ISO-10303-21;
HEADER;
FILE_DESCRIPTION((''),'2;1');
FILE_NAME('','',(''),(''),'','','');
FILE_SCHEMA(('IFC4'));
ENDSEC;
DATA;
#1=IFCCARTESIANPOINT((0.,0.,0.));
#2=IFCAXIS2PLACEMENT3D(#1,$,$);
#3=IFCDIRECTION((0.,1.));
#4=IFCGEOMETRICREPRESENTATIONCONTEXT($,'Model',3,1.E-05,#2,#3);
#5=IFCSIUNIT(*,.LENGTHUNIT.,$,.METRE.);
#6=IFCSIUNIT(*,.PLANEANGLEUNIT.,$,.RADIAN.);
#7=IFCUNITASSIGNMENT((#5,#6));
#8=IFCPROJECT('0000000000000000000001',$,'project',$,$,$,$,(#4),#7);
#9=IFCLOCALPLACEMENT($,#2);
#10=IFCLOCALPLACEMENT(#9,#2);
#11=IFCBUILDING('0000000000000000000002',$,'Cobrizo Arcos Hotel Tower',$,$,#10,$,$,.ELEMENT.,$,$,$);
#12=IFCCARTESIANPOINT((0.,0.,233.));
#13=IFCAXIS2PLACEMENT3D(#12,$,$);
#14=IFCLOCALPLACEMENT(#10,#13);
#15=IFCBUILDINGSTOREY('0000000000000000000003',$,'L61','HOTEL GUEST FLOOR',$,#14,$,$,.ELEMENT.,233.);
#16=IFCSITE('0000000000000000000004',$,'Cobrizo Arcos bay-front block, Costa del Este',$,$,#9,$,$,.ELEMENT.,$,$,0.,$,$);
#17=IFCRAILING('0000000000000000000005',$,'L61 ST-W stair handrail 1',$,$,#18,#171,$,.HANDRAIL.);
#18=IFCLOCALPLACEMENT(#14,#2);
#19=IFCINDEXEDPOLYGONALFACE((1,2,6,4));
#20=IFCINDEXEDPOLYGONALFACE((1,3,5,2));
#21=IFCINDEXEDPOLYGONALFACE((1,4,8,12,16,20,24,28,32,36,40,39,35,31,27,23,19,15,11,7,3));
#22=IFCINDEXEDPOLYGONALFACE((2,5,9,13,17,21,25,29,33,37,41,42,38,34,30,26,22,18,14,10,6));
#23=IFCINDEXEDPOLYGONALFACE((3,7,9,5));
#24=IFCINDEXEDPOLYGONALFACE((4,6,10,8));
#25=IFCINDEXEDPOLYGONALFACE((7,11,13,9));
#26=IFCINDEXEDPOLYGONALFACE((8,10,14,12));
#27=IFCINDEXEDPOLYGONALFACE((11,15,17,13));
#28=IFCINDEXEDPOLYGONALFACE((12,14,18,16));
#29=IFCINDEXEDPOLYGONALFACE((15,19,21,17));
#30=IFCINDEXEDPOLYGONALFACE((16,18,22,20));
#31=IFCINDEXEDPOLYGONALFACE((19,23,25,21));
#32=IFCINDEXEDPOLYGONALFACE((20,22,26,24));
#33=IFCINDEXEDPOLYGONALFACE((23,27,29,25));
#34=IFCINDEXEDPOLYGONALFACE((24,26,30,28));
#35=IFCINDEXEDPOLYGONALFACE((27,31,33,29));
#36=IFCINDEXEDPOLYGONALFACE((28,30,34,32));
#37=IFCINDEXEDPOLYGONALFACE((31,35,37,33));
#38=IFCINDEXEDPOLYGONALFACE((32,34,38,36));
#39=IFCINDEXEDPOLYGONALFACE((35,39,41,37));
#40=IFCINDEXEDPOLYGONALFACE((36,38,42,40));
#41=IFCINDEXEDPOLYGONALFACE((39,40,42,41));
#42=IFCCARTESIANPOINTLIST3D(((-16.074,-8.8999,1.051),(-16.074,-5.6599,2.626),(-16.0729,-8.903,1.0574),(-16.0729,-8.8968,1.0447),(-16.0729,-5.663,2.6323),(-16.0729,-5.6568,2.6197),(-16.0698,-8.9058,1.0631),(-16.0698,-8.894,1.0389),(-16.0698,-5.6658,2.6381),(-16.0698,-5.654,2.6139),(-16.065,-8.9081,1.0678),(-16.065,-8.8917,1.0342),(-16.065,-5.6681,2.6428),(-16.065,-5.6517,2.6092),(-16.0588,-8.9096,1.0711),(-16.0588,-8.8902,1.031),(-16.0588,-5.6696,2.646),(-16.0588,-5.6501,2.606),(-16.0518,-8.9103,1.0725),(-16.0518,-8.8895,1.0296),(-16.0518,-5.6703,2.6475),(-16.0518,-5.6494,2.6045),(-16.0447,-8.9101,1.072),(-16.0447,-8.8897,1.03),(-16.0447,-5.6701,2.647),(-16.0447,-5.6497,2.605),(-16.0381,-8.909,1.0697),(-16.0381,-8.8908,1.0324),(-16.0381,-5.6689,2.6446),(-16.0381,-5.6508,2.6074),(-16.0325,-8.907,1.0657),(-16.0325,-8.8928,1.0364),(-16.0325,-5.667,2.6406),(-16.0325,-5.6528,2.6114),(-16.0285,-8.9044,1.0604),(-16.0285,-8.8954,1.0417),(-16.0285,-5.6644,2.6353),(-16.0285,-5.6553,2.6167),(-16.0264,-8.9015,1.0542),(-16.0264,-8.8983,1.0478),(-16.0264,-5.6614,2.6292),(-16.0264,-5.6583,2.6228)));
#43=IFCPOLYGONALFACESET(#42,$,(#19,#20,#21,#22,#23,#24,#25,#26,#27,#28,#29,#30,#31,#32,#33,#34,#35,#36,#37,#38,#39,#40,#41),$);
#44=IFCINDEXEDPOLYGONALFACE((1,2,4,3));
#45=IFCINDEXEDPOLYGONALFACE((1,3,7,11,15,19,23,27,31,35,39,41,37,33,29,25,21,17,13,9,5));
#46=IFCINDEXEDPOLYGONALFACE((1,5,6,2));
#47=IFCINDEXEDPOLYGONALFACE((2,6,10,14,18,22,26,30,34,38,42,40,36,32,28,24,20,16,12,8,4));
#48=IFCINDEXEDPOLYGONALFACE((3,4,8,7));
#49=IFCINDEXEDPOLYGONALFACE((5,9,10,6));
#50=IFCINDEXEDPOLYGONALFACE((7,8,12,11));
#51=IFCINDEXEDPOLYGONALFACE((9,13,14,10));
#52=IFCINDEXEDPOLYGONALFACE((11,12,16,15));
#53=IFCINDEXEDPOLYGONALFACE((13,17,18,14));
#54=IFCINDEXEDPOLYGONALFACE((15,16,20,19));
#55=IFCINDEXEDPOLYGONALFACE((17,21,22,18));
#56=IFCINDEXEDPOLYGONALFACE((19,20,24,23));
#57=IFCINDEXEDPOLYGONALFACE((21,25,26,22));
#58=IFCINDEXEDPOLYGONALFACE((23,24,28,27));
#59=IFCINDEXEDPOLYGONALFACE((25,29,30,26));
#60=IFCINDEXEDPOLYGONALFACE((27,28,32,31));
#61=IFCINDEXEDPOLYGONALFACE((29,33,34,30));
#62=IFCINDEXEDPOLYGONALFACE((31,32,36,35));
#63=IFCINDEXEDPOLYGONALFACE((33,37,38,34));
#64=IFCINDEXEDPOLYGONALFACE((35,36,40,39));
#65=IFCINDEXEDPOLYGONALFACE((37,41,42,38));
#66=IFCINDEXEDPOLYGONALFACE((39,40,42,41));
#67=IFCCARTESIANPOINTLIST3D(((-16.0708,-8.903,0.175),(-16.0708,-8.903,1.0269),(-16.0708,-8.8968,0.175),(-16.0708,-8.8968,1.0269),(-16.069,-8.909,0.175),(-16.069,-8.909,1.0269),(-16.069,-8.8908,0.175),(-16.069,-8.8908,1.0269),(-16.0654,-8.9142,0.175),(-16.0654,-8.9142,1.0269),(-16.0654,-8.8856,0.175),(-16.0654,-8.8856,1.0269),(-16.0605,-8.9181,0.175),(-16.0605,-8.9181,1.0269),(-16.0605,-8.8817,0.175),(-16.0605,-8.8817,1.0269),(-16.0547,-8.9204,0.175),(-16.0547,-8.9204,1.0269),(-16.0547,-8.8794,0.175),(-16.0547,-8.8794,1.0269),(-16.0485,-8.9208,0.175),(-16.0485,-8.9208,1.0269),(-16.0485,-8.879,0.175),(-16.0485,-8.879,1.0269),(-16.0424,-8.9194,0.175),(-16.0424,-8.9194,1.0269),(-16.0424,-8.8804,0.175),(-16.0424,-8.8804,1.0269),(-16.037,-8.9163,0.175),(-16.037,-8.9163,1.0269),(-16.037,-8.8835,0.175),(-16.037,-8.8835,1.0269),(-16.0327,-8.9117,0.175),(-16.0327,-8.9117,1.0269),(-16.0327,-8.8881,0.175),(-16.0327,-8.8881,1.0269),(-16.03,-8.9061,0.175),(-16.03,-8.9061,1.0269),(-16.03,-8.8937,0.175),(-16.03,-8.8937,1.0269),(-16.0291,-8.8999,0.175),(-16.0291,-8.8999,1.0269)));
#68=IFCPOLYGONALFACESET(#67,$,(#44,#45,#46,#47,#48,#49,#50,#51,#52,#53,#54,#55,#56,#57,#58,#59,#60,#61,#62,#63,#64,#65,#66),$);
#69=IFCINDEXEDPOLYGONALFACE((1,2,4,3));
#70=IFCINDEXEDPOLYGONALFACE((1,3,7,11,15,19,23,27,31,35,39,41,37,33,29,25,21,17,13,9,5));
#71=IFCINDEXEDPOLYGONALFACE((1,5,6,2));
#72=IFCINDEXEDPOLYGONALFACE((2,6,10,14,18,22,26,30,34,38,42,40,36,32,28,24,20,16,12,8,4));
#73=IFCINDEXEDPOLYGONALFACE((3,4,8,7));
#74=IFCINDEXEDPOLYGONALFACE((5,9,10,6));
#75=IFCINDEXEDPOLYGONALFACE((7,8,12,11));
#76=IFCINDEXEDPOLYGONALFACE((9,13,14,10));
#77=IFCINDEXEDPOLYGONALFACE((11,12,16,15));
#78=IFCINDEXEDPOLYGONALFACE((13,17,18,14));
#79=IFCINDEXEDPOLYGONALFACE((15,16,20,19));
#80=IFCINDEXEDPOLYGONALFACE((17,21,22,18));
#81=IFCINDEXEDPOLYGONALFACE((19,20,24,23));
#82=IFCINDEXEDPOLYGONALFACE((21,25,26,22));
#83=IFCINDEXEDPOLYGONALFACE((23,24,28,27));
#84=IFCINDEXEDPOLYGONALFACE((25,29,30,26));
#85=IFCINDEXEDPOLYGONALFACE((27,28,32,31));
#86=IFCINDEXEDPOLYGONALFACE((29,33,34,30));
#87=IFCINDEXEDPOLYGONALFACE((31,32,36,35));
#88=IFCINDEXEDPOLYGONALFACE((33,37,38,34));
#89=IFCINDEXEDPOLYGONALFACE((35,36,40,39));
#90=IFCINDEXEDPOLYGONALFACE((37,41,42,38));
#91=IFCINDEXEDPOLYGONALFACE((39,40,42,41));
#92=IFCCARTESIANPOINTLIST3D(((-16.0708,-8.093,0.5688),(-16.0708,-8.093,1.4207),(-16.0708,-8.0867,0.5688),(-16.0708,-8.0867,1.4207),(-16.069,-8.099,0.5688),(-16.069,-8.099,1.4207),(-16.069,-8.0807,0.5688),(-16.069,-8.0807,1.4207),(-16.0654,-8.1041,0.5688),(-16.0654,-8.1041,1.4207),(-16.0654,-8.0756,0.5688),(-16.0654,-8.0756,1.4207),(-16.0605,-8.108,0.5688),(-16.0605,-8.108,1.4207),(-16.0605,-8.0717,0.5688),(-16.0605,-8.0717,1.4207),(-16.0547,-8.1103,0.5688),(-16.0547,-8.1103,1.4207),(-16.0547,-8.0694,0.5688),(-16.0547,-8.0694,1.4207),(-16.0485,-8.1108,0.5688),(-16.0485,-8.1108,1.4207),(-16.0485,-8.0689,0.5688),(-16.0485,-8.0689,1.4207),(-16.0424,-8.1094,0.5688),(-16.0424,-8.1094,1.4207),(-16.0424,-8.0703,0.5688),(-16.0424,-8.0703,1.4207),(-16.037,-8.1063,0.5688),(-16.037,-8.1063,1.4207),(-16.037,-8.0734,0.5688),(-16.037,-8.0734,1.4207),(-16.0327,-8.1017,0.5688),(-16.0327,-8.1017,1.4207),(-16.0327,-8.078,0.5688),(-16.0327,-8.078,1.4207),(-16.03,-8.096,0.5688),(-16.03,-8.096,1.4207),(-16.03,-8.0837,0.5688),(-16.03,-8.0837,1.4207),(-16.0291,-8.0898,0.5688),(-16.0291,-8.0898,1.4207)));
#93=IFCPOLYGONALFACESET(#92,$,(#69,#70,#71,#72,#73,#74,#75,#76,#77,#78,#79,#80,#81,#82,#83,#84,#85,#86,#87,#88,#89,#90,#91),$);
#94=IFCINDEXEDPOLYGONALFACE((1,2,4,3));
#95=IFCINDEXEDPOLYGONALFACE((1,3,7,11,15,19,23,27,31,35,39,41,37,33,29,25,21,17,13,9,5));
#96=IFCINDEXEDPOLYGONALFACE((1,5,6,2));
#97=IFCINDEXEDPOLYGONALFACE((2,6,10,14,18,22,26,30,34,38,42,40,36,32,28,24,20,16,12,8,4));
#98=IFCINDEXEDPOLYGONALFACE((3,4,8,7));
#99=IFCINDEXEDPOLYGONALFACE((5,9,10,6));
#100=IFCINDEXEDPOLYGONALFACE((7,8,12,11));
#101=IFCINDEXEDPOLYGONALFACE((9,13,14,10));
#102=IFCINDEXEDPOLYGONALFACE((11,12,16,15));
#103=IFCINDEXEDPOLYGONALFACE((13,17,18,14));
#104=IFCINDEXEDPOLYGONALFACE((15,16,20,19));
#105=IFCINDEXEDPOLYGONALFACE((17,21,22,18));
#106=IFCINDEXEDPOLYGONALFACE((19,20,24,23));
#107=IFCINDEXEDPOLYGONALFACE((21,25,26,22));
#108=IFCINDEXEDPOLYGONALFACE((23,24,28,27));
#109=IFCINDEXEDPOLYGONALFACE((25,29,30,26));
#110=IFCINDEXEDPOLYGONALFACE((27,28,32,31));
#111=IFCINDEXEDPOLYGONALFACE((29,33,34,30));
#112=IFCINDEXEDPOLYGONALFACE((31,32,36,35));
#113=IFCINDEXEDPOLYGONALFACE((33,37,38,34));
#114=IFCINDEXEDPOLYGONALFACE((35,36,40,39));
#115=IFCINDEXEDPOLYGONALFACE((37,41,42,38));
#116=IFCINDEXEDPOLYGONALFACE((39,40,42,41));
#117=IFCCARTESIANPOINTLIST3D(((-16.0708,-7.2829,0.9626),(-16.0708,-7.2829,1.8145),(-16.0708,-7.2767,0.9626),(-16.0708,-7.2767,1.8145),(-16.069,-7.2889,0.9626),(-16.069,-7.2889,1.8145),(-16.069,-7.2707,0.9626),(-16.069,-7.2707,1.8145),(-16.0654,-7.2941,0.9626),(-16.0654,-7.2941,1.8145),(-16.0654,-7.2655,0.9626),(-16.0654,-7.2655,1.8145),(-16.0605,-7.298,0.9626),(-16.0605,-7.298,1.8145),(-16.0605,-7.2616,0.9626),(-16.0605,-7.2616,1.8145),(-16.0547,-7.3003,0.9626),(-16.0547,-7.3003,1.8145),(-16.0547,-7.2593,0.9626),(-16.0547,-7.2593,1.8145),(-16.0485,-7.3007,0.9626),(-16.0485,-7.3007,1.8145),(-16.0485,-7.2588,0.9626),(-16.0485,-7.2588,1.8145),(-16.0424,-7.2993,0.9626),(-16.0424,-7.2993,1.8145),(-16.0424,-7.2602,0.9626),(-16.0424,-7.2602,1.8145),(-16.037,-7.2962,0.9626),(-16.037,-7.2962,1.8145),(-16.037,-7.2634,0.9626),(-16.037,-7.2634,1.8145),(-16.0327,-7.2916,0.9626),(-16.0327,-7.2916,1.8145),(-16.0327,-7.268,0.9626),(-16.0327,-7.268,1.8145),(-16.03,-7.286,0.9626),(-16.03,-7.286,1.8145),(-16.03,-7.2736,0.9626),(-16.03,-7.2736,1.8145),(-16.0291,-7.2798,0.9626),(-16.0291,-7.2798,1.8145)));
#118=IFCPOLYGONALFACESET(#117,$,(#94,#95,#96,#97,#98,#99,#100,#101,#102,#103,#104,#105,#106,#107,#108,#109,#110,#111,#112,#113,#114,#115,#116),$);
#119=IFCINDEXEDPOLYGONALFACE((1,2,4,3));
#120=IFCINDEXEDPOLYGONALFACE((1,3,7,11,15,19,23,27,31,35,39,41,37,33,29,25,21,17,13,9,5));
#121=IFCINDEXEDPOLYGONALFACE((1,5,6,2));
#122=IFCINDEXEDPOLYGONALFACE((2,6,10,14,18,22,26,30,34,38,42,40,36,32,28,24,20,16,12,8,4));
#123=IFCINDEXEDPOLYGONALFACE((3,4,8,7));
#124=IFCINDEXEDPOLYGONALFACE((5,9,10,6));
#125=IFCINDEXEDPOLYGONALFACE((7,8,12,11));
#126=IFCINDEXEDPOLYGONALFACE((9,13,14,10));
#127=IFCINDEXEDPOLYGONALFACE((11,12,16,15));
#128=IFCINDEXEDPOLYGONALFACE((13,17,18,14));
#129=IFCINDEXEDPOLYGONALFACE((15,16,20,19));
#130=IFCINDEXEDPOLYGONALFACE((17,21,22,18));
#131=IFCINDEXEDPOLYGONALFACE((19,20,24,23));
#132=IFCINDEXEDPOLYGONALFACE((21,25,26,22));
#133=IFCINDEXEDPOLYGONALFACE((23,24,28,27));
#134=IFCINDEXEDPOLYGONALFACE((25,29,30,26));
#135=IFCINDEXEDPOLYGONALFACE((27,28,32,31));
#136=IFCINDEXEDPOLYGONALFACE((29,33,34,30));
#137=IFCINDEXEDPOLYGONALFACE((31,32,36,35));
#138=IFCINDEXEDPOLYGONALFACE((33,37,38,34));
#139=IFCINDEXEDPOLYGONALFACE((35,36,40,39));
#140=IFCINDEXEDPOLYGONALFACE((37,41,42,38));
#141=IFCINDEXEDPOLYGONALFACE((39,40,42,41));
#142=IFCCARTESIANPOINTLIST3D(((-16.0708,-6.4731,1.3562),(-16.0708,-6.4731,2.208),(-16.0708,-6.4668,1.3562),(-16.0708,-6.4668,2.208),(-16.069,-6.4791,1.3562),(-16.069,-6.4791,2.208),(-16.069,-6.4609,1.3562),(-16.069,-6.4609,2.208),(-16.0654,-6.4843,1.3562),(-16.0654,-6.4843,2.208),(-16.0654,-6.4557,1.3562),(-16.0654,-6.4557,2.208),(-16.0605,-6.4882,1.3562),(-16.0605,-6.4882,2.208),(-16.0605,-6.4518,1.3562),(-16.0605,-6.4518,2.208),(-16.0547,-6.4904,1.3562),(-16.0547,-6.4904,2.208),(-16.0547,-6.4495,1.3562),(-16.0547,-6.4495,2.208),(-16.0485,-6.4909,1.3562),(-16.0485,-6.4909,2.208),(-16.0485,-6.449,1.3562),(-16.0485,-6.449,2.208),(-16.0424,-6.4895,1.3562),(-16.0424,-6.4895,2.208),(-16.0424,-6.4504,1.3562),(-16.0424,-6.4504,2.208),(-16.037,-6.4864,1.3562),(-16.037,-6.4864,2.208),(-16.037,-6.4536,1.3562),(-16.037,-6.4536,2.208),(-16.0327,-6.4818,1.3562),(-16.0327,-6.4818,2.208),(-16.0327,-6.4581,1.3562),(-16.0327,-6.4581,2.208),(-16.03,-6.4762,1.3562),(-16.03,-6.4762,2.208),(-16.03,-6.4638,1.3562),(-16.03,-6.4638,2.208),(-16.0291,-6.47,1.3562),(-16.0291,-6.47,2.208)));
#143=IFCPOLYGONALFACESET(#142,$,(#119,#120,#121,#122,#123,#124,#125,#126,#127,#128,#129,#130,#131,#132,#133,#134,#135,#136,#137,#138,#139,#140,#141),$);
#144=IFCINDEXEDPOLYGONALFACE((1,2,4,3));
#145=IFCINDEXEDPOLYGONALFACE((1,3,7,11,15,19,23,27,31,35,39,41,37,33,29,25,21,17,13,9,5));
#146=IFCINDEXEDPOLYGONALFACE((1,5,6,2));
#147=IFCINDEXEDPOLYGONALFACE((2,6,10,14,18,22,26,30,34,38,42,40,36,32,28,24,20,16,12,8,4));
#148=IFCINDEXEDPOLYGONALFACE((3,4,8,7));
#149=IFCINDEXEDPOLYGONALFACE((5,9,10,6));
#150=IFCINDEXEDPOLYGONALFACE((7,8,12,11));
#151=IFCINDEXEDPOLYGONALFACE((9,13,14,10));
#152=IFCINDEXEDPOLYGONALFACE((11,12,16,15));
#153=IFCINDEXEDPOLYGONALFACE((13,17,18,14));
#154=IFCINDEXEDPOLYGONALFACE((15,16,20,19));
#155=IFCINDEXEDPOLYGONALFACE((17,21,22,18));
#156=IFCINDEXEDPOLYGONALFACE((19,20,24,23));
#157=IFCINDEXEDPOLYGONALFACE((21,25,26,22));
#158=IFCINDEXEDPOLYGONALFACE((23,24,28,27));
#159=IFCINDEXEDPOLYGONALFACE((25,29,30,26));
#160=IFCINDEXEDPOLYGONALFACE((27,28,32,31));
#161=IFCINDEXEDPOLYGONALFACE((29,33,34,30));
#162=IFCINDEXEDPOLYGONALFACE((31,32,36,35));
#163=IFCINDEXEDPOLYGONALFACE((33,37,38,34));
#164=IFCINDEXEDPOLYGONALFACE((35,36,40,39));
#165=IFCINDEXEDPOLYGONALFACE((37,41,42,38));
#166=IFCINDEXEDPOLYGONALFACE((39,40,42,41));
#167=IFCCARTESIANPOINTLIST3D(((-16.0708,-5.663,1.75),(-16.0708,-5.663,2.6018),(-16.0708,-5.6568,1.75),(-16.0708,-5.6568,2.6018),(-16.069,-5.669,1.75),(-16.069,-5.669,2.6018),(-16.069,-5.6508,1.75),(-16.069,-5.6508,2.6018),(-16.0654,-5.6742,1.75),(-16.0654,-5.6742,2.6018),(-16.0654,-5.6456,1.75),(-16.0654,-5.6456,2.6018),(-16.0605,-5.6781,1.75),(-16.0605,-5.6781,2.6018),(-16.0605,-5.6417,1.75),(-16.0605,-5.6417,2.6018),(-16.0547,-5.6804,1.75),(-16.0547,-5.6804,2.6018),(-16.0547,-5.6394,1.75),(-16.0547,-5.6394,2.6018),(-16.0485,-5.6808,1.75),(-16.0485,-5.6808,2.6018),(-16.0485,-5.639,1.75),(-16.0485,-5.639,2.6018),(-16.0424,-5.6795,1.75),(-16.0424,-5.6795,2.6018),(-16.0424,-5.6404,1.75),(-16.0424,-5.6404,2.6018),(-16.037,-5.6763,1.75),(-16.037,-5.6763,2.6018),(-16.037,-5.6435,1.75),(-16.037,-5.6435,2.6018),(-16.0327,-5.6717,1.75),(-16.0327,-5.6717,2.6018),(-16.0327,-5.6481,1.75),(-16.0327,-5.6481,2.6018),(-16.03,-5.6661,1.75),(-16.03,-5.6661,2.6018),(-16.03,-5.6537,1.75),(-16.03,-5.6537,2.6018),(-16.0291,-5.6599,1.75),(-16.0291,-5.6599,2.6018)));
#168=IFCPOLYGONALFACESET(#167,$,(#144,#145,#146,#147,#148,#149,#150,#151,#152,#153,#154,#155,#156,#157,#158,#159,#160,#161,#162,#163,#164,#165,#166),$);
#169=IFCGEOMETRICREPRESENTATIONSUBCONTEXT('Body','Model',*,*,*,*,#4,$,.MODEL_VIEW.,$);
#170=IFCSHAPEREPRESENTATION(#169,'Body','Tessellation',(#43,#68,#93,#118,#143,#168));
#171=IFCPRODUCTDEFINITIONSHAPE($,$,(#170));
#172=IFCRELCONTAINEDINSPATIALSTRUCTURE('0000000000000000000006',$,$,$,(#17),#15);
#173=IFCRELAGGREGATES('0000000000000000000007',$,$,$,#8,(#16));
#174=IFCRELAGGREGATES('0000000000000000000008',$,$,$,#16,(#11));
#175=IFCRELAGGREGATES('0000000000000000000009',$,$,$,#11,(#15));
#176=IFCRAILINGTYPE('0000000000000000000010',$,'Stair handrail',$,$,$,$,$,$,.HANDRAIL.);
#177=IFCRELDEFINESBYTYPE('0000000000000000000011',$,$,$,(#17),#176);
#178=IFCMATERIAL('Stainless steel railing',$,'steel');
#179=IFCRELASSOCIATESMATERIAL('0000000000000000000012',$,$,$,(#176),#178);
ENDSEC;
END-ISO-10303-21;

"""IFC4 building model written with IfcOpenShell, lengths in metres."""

from ifc_helpers import new_model, si_unit, direction, frame, origin, origin_2d, place, context, subcontext, project, spatial, circle, extrude, material, type_object, element, save


model = new_model("IFC4")

# Units and contexts
model_context = context("Model", 3, precision=1e-05, world=origin(), true_north=direction((0.0, 1.0)))
body_context = subcontext(model_context, "Body", "Model", "MODEL_VIEW")
ifc_project = project(units=[si_unit("LENGTHUNIT", "METRE"), si_unit("PLANEANGLEUNIT", "RADIAN")], contexts=[model_context])

# Site, building, storey
site_placement = place(None, origin())
site = spatial("IfcSite", under=ifc_project, at=site_placement, Name="Cobrizo Arcos bay-front block, Costa del Este", CompositionType="ELEMENT", RefElevation=0.0)
building_placement = place(site_placement, origin())
building = spatial("IfcBuilding", under=site, at=building_placement, Name="Cobrizo Arcos Hotel Tower", CompositionType="ELEMENT")
storey_placement = place(building_placement, frame((0.0, 0.0, 233.0)))
storey = spatial("IfcBuildingStorey", under=building, at=storey_placement, Name="L61", Description="HOTEL GUEST FLOOR", CompositionType="ELEMENT", Elevation=233.0)

# Railing
ifc_material_1 = material(Name="Stainless steel railing", Category="steel")
railing_type_1 = type_object("IfcRailingType", Name="Stair handrail", PredefinedType="HANDRAIL", material=ifc_material_1)
railing_1_placement = place(storey_placement, frame((-16.05, -8.8999, 0.175)))
element("IfcRailing", 1, at=railing_1_placement, inside=storey, type_object=railing_type_1, Name="L61 ST-W stair handrail 1", PredefinedType="HANDRAIL", context=body_context, shape_type="SweptSolid", body=[
    extrude(circle(Radius=0.0239, at=origin_2d()), frame((0.0, 0.0, 0.876), z_axis=(0.0, 0.899373, 0.437183), x_axis=(-1.0, 0.0, 0.0)), (0.0, 0.0, 1.0), 3.6025),
    extrude(circle(Radius=0.021, at=origin_2d()), origin(), (0.0, 0.0, 1.0), 0.8518),
    extrude(circle(Radius=0.021, at=origin_2d()), frame((0.0, 0.8101, 0.3938)), (0.0, 0.0, 1.0), 0.8518),
    extrude(circle(Radius=0.021, at=origin_2d()), frame((0.0, 1.6201, 0.7876)), (0.0, 0.0, 1.0), 0.8518),
    extrude(circle(Radius=0.021, at=origin_2d()), frame((0.0, 2.4299, 1.1812)), (0.0, 0.0, 1.0), 0.8518),
    extrude(circle(Radius=0.021, at=origin_2d()), frame((0.0, 3.24, 1.575)), (0.0, 0.0, 1.0), 0.8518),
])

save(model, "model.ifc")
